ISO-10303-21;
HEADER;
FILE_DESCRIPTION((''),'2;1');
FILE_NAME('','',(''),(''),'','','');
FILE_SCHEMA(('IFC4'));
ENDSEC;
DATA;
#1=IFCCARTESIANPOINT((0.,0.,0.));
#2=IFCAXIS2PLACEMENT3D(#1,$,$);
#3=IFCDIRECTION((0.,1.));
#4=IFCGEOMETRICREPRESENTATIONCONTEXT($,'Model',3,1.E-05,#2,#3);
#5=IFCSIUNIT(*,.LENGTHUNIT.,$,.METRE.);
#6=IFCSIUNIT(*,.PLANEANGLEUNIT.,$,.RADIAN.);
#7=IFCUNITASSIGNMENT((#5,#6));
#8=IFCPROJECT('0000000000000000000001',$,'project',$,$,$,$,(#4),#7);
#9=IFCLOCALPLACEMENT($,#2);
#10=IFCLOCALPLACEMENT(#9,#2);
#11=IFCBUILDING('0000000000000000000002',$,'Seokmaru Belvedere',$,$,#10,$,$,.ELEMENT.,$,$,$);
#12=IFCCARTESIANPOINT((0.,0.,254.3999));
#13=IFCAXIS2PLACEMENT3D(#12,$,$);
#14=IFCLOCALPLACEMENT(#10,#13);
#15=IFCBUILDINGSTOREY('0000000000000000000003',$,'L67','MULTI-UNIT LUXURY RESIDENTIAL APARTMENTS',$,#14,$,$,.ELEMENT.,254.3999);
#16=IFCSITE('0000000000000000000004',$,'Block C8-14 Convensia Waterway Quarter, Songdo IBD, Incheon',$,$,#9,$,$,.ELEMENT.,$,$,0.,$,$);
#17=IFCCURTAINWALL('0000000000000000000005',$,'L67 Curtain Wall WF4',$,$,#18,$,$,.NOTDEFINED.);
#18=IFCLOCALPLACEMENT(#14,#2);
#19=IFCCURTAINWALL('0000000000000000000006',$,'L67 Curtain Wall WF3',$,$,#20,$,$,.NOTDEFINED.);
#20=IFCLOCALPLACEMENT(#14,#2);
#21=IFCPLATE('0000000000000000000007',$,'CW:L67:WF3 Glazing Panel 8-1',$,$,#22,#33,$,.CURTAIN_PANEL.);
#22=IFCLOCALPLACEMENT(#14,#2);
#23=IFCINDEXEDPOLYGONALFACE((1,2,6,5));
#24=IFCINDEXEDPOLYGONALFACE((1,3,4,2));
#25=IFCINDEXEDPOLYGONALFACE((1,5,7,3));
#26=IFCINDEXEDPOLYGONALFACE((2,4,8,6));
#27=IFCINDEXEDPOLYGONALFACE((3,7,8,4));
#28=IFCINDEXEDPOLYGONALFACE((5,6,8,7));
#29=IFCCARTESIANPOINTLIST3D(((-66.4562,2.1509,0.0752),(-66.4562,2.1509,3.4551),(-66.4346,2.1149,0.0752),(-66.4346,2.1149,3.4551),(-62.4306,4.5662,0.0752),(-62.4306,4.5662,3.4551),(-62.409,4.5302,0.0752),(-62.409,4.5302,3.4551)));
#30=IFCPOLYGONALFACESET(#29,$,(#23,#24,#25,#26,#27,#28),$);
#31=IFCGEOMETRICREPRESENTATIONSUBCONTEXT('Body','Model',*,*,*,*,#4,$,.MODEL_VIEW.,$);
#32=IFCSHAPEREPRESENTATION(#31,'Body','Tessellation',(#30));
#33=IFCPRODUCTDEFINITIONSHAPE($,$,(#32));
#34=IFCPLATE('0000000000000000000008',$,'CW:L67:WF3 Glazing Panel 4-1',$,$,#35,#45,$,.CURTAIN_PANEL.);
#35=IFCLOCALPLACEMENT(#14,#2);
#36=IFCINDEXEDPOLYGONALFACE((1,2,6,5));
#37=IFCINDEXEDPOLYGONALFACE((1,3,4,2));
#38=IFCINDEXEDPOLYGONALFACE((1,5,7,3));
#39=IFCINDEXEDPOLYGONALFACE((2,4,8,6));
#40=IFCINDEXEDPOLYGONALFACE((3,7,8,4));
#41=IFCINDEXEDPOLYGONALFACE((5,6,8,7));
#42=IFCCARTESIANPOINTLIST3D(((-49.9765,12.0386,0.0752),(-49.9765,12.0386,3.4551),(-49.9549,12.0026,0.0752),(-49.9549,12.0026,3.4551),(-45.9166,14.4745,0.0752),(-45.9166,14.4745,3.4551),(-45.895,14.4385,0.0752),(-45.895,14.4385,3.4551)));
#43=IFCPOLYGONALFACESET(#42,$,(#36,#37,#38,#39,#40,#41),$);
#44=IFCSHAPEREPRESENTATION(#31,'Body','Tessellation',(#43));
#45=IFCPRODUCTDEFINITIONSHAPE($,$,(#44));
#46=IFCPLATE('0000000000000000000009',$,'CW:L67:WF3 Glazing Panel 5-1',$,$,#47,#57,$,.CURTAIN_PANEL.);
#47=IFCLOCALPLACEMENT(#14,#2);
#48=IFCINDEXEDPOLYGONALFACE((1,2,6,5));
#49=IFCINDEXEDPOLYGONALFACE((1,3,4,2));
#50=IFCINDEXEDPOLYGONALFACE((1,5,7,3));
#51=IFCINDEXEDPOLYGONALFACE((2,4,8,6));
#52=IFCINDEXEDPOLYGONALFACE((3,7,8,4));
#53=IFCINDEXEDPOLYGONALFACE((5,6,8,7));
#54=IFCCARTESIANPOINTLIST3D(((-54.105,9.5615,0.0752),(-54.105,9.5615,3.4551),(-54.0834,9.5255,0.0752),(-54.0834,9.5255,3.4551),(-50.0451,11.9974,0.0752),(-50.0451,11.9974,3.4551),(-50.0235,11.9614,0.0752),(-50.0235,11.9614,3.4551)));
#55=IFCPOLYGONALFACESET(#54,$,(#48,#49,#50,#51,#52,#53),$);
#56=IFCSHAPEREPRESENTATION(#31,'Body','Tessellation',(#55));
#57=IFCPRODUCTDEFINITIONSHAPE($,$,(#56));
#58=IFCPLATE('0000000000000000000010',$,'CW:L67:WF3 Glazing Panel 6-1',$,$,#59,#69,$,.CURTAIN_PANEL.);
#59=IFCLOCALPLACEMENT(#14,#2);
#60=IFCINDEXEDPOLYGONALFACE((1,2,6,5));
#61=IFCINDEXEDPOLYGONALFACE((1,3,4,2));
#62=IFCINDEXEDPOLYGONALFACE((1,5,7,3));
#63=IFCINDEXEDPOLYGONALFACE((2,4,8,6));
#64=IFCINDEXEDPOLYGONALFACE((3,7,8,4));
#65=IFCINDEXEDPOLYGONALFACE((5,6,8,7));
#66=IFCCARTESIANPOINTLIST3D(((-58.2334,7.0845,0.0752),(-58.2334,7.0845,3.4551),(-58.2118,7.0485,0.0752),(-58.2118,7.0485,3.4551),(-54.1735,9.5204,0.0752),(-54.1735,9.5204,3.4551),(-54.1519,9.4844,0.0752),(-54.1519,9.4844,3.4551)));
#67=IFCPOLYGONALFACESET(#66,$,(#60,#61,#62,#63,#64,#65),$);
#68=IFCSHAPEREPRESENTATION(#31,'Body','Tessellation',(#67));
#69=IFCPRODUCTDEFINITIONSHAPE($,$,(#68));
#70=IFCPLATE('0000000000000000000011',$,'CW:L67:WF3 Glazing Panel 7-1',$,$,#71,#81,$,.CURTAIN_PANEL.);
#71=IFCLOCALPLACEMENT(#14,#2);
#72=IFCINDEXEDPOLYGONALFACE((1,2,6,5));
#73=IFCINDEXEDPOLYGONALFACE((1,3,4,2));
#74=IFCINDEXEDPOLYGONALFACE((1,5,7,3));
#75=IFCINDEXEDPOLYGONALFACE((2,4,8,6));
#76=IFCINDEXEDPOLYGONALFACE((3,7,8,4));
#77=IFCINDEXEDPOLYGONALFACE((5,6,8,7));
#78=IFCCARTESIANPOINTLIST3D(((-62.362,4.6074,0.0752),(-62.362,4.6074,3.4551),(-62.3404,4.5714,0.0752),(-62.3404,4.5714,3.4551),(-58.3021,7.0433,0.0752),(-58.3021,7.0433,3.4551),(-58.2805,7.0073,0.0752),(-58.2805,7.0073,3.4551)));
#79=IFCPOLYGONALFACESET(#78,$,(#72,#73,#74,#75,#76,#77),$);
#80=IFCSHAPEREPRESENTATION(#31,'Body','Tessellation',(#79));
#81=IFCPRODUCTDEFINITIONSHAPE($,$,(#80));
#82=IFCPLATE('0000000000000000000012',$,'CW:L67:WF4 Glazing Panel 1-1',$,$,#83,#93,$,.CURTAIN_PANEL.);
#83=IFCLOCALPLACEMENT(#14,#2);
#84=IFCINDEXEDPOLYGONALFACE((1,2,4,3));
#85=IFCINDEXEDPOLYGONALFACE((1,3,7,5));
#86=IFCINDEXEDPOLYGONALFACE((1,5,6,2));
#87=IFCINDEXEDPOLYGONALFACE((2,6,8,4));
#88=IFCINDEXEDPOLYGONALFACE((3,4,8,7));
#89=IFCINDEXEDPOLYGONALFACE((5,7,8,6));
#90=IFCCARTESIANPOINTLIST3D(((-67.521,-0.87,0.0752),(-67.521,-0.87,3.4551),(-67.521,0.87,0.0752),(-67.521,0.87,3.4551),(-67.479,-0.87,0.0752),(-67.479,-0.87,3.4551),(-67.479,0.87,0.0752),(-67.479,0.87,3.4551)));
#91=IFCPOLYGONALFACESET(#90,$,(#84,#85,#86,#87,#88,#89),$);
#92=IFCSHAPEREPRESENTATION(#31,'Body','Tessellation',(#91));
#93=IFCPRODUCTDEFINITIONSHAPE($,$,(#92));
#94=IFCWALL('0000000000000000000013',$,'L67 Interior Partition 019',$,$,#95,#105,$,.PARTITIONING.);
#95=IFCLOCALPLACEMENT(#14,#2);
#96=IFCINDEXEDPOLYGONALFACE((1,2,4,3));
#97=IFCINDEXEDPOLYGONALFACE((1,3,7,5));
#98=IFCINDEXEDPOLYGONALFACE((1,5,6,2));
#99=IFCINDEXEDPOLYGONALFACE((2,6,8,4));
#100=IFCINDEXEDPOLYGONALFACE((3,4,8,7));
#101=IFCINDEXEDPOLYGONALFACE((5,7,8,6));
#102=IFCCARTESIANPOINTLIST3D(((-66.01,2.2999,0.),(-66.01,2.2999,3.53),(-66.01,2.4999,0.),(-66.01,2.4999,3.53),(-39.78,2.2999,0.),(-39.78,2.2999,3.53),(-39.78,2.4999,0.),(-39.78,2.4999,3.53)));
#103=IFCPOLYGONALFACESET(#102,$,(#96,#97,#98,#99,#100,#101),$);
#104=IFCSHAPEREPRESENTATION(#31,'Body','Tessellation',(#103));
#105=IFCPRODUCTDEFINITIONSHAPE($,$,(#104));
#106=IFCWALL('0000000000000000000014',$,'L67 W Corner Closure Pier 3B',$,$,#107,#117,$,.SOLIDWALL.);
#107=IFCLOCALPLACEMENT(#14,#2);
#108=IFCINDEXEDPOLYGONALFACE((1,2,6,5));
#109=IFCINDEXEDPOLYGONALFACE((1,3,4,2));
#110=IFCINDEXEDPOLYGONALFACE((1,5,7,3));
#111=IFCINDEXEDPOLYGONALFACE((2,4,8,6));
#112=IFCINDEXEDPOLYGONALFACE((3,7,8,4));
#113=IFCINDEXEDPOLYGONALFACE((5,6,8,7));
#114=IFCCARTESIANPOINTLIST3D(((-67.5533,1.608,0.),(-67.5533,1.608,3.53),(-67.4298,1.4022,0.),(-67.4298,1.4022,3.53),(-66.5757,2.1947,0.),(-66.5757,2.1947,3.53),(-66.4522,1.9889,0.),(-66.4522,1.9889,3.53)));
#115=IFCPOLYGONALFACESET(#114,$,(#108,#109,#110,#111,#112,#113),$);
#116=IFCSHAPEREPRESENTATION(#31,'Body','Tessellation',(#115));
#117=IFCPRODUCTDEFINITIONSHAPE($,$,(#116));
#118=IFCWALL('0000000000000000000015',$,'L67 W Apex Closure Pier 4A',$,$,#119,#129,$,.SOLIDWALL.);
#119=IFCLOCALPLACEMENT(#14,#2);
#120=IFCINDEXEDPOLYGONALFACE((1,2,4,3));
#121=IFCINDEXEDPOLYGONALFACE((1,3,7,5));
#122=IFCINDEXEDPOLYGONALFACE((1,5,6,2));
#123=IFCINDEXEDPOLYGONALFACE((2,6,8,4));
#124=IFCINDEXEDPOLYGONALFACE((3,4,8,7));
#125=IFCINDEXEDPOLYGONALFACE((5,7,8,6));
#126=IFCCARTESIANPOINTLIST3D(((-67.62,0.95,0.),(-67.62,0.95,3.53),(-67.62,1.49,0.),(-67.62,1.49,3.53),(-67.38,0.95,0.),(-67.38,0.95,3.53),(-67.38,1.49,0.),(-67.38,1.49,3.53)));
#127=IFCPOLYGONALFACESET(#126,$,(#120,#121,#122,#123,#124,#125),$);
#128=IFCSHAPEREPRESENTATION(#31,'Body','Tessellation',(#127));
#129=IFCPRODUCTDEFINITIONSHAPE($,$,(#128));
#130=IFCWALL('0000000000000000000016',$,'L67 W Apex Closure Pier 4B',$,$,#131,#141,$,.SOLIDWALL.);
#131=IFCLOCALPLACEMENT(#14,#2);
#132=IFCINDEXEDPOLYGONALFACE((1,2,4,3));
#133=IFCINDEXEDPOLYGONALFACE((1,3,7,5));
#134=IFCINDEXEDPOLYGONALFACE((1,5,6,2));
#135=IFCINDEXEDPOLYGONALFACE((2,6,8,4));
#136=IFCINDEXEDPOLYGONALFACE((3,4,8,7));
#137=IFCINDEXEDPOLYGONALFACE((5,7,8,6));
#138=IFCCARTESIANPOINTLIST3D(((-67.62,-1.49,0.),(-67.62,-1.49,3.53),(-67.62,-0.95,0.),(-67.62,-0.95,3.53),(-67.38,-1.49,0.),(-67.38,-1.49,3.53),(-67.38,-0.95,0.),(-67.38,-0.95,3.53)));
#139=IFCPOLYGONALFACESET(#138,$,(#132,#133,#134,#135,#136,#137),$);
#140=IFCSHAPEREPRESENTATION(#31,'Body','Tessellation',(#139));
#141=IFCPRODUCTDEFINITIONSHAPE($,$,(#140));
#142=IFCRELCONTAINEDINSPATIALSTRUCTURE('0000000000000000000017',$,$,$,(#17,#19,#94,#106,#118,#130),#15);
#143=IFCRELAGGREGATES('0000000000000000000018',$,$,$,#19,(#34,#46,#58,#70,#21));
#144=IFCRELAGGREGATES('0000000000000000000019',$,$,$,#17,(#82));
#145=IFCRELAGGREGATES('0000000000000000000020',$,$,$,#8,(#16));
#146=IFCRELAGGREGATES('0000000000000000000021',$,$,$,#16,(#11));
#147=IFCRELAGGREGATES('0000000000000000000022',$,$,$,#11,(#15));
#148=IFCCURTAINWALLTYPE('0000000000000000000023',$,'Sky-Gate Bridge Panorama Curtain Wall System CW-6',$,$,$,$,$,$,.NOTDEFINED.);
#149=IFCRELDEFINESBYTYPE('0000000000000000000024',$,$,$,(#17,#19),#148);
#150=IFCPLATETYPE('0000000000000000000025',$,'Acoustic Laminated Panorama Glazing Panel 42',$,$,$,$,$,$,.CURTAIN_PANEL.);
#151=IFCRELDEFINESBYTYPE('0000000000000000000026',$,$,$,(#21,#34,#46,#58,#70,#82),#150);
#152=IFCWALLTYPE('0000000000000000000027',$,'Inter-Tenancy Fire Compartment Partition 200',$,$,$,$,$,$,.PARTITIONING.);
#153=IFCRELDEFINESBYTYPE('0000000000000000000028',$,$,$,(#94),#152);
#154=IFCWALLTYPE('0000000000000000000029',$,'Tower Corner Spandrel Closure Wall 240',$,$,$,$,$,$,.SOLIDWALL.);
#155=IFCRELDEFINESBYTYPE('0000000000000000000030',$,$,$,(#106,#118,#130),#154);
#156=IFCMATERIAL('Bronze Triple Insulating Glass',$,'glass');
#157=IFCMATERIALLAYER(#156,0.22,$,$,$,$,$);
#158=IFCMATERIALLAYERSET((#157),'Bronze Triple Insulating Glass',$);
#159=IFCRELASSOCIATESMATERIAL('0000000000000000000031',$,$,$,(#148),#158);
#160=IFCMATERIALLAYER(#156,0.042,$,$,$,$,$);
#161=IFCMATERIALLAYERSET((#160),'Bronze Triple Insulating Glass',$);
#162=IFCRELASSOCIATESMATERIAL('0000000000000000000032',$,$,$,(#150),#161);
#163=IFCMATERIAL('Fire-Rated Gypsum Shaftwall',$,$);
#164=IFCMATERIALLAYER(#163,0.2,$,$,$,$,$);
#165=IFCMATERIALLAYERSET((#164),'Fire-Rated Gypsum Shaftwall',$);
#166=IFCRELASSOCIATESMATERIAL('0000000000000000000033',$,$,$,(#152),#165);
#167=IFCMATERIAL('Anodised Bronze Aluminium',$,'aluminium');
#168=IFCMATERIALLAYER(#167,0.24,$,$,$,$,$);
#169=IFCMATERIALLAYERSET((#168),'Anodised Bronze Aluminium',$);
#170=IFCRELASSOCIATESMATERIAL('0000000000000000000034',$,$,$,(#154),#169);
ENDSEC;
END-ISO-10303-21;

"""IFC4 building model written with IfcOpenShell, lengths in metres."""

from ifc_helpers import new_model, si_unit, direction, frame, frame_2d, origin, origin_2d, place, context, subcontext, project, spatial, rectangle, extrude, source, transform, mapped, material, layer, layer_set, type_object, type_shapes, element, aggregate, save


model = new_model("IFC4")

# Units and contexts
model_context = context("Model", 3, precision=1e-05, world=origin(), true_north=direction((0.0, 1.0)))
body_context = subcontext(model_context, "Body", "Model", "MODEL_VIEW")
ifc_project = project(units=[si_unit("LENGTHUNIT", "METRE"), si_unit("PLANEANGLEUNIT", "RADIAN")], contexts=[model_context])

# Site, building, storey
site_placement = place(None, origin())
site = spatial("IfcSite", under=ifc_project, at=site_placement, Name="Block C8-14 Convensia Waterway Quarter, Songdo IBD, Incheon", CompositionType="ELEMENT", RefElevation=0.0)
building_placement = place(site_placement, origin())
building = spatial("IfcBuilding", under=site, at=building_placement, Name="Seokmaru Belvedere", CompositionType="ELEMENT")
storey_placement = place(building_placement, frame((0.0, 0.0, 254.3999)))
storey = spatial("IfcBuildingStorey", under=building, at=storey_placement, Name="L67", Description="MULTI-UNIT LUXURY RESIDENTIAL APARTMENTS", CompositionType="ELEMENT", Elevation=254.3999)

# Curtain wall
ifc_material_1 = material(Name="Bronze Triple Insulating Glass", Category="glass")
ifc_layer_1 = layer(ifc_material_1, 0.22)
ifc_layer_set_1 = layer_set([ifc_layer_1], Name="Bronze Triple Insulating Glass")
curtain_wall_type = type_object("IfcCurtainWallType", Name="Sky-Gate Bridge Panorama Curtain Wall System CW-6", PredefinedType="NOTDEFINED", material=ifc_layer_set_1)
curtain_wall_1_placement = place(storey_placement, origin())
curtain_wall_1 = element("IfcCurtainWall", 1, at=curtain_wall_1_placement, inside=storey, type_object=curtain_wall_type, Name="L67 Curtain Wall WF4", PredefinedType="NOTDEFINED")
ifc_material_2 = material(Name="Anodised Bronze Aluminium", Category="aluminium")

# Curtain wall
curtain_wall_2_placement = place(storey_placement, origin())
curtain_wall_2 = element("IfcCurtainWall", 2, at=curtain_wall_2_placement, inside=storey, type_object=curtain_wall_type, Name="L67 Curtain Wall WF3", PredefinedType="NOTDEFINED")

# Plates
ifc_layer_2 = layer(ifc_material_1, 0.042)
ifc_layer_set_2 = layer_set([ifc_layer_2], Name="Bronze Triple Insulating Glass")
plate_type = type_object("IfcPlateType", Name="Acoustic Laminated Panorama Glazing Panel 42", PredefinedType="CURTAIN_PANEL", material=ifc_layer_set_2)
shared_shape_1 = source(origin(), body_context, "Body", "SweptSolid", [
    extrude(rectangle(XDim=4.6946, YDim=0.042, at=origin_2d()), origin(), (0.0, 0.0, 1.0), 3.3799),
])
plate_1_placement = place(storey_placement, frame((-64.4326, 3.3406, 0.0752), z_axis=(0.0, 0.0, 1.0), x_axis=(-0.857493, -0.514495, 0.0)))
plate_1 = element("IfcPlate", 3, at=plate_1_placement, type_object=plate_type, Name="CW:L67:WF3 Glazing Panel 8-1", PredefinedType="CURTAIN_PANEL", context=body_context, shape_type="MappedRepresentation", body=[
    mapped(shared_shape_1, transform((0.0, 0.0, 0.0), scale=1.0)),
])
shared_shape_2 = source(origin(), body_context, "Body", "SweptSolid", [
    extrude(rectangle(XDim=4.7346, YDim=0.042, at=origin_2d()), origin(), (0.0, 0.0, 1.0), 3.3799),
])
plate_2_placement = place(storey_placement, frame((-47.9358, 13.2385, 0.0752), z_axis=(0.0, 0.0, 1.0), x_axis=(-0.857493, -0.514495, 0.0)))
plate_2 = element("IfcPlate", 4, at=plate_2_placement, type_object=plate_type, Name="CW:L67:WF3 Glazing Panel 4-1", PredefinedType="CURTAIN_PANEL", context=body_context, shape_type="MappedRepresentation", body=[
    mapped(shared_shape_2, transform((0.0, 0.0, 0.0), scale=1.0)),
])
plate_3_placement = place(storey_placement, frame((-52.0642, 10.7615, 0.0752), z_axis=(0.0, 0.0, 1.0), x_axis=(-0.857493, -0.514495, 0.0)))
plate_3 = element("IfcPlate", 5, at=plate_3_placement, type_object=plate_type, Name="CW:L67:WF3 Glazing Panel 5-1", PredefinedType="CURTAIN_PANEL", context=body_context, shape_type="MappedRepresentation", body=[
    mapped(shared_shape_2, transform((0.0, 0.0, 0.0), scale=1.0)),
])
plate_4_placement = place(storey_placement, frame((-56.1926, 8.2844, 0.0752), z_axis=(0.0, 0.0, 1.0), x_axis=(-0.857493, -0.514495, 0.0)))
plate_4 = element("IfcPlate", 6, at=plate_4_placement, type_object=plate_type, Name="CW:L67:WF3 Glazing Panel 6-1", PredefinedType="CURTAIN_PANEL", context=body_context, shape_type="MappedRepresentation", body=[
    mapped(shared_shape_2, transform((0.0, 0.0, 0.0), scale=1.0)),
])
plate_5_placement = place(storey_placement, frame((-60.3213, 5.8074, 0.0752), z_axis=(0.0, 0.0, 1.0), x_axis=(-0.857493, -0.514495, 0.0)))
plate_5 = element("IfcPlate", 7, at=plate_5_placement, type_object=plate_type, Name="CW:L67:WF3 Glazing Panel 7-1", PredefinedType="CURTAIN_PANEL", context=body_context, shape_type="MappedRepresentation", body=[
    mapped(shared_shape_2, transform((0.0, 0.0, 0.0), scale=1.0)),
])
aggregate(curtain_wall_2, [plate_2, plate_3, plate_4, plate_5, plate_1])
shared_shape_3 = source(origin(), body_context, "Body", "SweptSolid", [
    extrude(rectangle(XDim=1.74, YDim=0.042, at=origin_2d()), origin(), (0.0, 0.0, 1.0), 3.3799),
])
type_shapes(plate_type, [shared_shape_1, shared_shape_2, shared_shape_3])
plate_6_placement = place(storey_placement, frame((-67.5, 0.0, 0.0752), z_axis=(0.0, 0.0, 1.0), x_axis=(0.0, -1.0, 0.0)))
plate_6 = element("IfcPlate", 8, at=plate_6_placement, type_object=plate_type, Name="CW:L67:WF4 Glazing Panel 1-1", PredefinedType="CURTAIN_PANEL", context=body_context, shape_type="MappedRepresentation", body=[
    mapped(shared_shape_3, transform((0.0, 0.0, 0.0), scale=1.0)),
])
aggregate(curtain_wall_1, [plate_6])

# Walls
ifc_material_3 = material(Name="Fire-Rated Gypsum Shaftwall")
ifc_layer_3 = layer(ifc_material_3, 0.2)
ifc_layer_set_3 = layer_set([ifc_layer_3], Name="Fire-Rated Gypsum Shaftwall")
wall_type_1 = type_object("IfcWallType", Name="Inter-Tenancy Fire Compartment Partition 200", PredefinedType="PARTITIONING", material=ifc_layer_set_3)
wall_1_placement = place(storey_placement, frame((-66.01, 2.3999, 0.0), z_axis=(0.0, 0.0, 1.0), x_axis=(1.0, 0.0, 0.0)))
element("IfcWall", 9, at=wall_1_placement, inside=storey, type_object=wall_type_1, Name="L67 Interior Partition 019", PredefinedType="PARTITIONING", context=body_context, shape_type="SweptSolid", body=[
    extrude(rectangle(XDim=26.23, YDim=0.2, at=frame_2d((13.115, 0.0))), origin(), (0.0, 0.0, 1.0), 3.53),
])
ifc_layer_4 = layer(ifc_material_2, 0.24)
ifc_layer_set_4 = layer_set([ifc_layer_4], Name="Anodised Bronze Aluminium")
wall_type_2 = type_object("IfcWallType", Name="Tower Corner Spandrel Closure Wall 240", PredefinedType="SOLIDWALL", material=ifc_layer_set_4)
wall_2_placement = place(storey_placement, frame((-66.5139, 2.0918, 0.0), z_axis=(0.0, 0.0, 1.0), x_axis=(-0.857436, -0.51459, 0.0)))
element("IfcWall", 10, at=wall_2_placement, inside=storey, type_object=wall_type_2, Name="L67 W Corner Closure Pier 3B", PredefinedType="SOLIDWALL", context=body_context, shape_type="SweptSolid", body=[
    extrude(rectangle(XDim=1.1401, YDim=0.24, at=frame_2d((0.5701, 0.0))), origin(), (0.0, 0.0, 1.0), 3.53),
])
for number, where, z_axis, x_axis, name in (
    (11, (-67.5, 1.49, 0.0), (0.0, 0.0, 1.0), (0.0, -1.0, 0.0), "L67 W Apex Closure Pier 4A"),
    (12, (-67.5, -0.95, 0.0), (0.0, 0.0, 1.0), (0.0, -1.0, 0.0), "L67 W Apex Closure Pier 4B"),
):
    element("IfcWall", number, at=place(storey_placement, frame(where, z_axis=z_axis, x_axis=x_axis)), inside=storey, type_object=wall_type_2, Name=name, PredefinedType="SOLIDWALL", context=body_context, shape_type="SweptSolid", body=[
        extrude(rectangle(XDim=0.54, YDim=0.24, at=frame_2d((0.27, 0.0))), origin(), (0.0, 0.0, 1.0), 3.53),
    ])

save(model, "model.ifc")
